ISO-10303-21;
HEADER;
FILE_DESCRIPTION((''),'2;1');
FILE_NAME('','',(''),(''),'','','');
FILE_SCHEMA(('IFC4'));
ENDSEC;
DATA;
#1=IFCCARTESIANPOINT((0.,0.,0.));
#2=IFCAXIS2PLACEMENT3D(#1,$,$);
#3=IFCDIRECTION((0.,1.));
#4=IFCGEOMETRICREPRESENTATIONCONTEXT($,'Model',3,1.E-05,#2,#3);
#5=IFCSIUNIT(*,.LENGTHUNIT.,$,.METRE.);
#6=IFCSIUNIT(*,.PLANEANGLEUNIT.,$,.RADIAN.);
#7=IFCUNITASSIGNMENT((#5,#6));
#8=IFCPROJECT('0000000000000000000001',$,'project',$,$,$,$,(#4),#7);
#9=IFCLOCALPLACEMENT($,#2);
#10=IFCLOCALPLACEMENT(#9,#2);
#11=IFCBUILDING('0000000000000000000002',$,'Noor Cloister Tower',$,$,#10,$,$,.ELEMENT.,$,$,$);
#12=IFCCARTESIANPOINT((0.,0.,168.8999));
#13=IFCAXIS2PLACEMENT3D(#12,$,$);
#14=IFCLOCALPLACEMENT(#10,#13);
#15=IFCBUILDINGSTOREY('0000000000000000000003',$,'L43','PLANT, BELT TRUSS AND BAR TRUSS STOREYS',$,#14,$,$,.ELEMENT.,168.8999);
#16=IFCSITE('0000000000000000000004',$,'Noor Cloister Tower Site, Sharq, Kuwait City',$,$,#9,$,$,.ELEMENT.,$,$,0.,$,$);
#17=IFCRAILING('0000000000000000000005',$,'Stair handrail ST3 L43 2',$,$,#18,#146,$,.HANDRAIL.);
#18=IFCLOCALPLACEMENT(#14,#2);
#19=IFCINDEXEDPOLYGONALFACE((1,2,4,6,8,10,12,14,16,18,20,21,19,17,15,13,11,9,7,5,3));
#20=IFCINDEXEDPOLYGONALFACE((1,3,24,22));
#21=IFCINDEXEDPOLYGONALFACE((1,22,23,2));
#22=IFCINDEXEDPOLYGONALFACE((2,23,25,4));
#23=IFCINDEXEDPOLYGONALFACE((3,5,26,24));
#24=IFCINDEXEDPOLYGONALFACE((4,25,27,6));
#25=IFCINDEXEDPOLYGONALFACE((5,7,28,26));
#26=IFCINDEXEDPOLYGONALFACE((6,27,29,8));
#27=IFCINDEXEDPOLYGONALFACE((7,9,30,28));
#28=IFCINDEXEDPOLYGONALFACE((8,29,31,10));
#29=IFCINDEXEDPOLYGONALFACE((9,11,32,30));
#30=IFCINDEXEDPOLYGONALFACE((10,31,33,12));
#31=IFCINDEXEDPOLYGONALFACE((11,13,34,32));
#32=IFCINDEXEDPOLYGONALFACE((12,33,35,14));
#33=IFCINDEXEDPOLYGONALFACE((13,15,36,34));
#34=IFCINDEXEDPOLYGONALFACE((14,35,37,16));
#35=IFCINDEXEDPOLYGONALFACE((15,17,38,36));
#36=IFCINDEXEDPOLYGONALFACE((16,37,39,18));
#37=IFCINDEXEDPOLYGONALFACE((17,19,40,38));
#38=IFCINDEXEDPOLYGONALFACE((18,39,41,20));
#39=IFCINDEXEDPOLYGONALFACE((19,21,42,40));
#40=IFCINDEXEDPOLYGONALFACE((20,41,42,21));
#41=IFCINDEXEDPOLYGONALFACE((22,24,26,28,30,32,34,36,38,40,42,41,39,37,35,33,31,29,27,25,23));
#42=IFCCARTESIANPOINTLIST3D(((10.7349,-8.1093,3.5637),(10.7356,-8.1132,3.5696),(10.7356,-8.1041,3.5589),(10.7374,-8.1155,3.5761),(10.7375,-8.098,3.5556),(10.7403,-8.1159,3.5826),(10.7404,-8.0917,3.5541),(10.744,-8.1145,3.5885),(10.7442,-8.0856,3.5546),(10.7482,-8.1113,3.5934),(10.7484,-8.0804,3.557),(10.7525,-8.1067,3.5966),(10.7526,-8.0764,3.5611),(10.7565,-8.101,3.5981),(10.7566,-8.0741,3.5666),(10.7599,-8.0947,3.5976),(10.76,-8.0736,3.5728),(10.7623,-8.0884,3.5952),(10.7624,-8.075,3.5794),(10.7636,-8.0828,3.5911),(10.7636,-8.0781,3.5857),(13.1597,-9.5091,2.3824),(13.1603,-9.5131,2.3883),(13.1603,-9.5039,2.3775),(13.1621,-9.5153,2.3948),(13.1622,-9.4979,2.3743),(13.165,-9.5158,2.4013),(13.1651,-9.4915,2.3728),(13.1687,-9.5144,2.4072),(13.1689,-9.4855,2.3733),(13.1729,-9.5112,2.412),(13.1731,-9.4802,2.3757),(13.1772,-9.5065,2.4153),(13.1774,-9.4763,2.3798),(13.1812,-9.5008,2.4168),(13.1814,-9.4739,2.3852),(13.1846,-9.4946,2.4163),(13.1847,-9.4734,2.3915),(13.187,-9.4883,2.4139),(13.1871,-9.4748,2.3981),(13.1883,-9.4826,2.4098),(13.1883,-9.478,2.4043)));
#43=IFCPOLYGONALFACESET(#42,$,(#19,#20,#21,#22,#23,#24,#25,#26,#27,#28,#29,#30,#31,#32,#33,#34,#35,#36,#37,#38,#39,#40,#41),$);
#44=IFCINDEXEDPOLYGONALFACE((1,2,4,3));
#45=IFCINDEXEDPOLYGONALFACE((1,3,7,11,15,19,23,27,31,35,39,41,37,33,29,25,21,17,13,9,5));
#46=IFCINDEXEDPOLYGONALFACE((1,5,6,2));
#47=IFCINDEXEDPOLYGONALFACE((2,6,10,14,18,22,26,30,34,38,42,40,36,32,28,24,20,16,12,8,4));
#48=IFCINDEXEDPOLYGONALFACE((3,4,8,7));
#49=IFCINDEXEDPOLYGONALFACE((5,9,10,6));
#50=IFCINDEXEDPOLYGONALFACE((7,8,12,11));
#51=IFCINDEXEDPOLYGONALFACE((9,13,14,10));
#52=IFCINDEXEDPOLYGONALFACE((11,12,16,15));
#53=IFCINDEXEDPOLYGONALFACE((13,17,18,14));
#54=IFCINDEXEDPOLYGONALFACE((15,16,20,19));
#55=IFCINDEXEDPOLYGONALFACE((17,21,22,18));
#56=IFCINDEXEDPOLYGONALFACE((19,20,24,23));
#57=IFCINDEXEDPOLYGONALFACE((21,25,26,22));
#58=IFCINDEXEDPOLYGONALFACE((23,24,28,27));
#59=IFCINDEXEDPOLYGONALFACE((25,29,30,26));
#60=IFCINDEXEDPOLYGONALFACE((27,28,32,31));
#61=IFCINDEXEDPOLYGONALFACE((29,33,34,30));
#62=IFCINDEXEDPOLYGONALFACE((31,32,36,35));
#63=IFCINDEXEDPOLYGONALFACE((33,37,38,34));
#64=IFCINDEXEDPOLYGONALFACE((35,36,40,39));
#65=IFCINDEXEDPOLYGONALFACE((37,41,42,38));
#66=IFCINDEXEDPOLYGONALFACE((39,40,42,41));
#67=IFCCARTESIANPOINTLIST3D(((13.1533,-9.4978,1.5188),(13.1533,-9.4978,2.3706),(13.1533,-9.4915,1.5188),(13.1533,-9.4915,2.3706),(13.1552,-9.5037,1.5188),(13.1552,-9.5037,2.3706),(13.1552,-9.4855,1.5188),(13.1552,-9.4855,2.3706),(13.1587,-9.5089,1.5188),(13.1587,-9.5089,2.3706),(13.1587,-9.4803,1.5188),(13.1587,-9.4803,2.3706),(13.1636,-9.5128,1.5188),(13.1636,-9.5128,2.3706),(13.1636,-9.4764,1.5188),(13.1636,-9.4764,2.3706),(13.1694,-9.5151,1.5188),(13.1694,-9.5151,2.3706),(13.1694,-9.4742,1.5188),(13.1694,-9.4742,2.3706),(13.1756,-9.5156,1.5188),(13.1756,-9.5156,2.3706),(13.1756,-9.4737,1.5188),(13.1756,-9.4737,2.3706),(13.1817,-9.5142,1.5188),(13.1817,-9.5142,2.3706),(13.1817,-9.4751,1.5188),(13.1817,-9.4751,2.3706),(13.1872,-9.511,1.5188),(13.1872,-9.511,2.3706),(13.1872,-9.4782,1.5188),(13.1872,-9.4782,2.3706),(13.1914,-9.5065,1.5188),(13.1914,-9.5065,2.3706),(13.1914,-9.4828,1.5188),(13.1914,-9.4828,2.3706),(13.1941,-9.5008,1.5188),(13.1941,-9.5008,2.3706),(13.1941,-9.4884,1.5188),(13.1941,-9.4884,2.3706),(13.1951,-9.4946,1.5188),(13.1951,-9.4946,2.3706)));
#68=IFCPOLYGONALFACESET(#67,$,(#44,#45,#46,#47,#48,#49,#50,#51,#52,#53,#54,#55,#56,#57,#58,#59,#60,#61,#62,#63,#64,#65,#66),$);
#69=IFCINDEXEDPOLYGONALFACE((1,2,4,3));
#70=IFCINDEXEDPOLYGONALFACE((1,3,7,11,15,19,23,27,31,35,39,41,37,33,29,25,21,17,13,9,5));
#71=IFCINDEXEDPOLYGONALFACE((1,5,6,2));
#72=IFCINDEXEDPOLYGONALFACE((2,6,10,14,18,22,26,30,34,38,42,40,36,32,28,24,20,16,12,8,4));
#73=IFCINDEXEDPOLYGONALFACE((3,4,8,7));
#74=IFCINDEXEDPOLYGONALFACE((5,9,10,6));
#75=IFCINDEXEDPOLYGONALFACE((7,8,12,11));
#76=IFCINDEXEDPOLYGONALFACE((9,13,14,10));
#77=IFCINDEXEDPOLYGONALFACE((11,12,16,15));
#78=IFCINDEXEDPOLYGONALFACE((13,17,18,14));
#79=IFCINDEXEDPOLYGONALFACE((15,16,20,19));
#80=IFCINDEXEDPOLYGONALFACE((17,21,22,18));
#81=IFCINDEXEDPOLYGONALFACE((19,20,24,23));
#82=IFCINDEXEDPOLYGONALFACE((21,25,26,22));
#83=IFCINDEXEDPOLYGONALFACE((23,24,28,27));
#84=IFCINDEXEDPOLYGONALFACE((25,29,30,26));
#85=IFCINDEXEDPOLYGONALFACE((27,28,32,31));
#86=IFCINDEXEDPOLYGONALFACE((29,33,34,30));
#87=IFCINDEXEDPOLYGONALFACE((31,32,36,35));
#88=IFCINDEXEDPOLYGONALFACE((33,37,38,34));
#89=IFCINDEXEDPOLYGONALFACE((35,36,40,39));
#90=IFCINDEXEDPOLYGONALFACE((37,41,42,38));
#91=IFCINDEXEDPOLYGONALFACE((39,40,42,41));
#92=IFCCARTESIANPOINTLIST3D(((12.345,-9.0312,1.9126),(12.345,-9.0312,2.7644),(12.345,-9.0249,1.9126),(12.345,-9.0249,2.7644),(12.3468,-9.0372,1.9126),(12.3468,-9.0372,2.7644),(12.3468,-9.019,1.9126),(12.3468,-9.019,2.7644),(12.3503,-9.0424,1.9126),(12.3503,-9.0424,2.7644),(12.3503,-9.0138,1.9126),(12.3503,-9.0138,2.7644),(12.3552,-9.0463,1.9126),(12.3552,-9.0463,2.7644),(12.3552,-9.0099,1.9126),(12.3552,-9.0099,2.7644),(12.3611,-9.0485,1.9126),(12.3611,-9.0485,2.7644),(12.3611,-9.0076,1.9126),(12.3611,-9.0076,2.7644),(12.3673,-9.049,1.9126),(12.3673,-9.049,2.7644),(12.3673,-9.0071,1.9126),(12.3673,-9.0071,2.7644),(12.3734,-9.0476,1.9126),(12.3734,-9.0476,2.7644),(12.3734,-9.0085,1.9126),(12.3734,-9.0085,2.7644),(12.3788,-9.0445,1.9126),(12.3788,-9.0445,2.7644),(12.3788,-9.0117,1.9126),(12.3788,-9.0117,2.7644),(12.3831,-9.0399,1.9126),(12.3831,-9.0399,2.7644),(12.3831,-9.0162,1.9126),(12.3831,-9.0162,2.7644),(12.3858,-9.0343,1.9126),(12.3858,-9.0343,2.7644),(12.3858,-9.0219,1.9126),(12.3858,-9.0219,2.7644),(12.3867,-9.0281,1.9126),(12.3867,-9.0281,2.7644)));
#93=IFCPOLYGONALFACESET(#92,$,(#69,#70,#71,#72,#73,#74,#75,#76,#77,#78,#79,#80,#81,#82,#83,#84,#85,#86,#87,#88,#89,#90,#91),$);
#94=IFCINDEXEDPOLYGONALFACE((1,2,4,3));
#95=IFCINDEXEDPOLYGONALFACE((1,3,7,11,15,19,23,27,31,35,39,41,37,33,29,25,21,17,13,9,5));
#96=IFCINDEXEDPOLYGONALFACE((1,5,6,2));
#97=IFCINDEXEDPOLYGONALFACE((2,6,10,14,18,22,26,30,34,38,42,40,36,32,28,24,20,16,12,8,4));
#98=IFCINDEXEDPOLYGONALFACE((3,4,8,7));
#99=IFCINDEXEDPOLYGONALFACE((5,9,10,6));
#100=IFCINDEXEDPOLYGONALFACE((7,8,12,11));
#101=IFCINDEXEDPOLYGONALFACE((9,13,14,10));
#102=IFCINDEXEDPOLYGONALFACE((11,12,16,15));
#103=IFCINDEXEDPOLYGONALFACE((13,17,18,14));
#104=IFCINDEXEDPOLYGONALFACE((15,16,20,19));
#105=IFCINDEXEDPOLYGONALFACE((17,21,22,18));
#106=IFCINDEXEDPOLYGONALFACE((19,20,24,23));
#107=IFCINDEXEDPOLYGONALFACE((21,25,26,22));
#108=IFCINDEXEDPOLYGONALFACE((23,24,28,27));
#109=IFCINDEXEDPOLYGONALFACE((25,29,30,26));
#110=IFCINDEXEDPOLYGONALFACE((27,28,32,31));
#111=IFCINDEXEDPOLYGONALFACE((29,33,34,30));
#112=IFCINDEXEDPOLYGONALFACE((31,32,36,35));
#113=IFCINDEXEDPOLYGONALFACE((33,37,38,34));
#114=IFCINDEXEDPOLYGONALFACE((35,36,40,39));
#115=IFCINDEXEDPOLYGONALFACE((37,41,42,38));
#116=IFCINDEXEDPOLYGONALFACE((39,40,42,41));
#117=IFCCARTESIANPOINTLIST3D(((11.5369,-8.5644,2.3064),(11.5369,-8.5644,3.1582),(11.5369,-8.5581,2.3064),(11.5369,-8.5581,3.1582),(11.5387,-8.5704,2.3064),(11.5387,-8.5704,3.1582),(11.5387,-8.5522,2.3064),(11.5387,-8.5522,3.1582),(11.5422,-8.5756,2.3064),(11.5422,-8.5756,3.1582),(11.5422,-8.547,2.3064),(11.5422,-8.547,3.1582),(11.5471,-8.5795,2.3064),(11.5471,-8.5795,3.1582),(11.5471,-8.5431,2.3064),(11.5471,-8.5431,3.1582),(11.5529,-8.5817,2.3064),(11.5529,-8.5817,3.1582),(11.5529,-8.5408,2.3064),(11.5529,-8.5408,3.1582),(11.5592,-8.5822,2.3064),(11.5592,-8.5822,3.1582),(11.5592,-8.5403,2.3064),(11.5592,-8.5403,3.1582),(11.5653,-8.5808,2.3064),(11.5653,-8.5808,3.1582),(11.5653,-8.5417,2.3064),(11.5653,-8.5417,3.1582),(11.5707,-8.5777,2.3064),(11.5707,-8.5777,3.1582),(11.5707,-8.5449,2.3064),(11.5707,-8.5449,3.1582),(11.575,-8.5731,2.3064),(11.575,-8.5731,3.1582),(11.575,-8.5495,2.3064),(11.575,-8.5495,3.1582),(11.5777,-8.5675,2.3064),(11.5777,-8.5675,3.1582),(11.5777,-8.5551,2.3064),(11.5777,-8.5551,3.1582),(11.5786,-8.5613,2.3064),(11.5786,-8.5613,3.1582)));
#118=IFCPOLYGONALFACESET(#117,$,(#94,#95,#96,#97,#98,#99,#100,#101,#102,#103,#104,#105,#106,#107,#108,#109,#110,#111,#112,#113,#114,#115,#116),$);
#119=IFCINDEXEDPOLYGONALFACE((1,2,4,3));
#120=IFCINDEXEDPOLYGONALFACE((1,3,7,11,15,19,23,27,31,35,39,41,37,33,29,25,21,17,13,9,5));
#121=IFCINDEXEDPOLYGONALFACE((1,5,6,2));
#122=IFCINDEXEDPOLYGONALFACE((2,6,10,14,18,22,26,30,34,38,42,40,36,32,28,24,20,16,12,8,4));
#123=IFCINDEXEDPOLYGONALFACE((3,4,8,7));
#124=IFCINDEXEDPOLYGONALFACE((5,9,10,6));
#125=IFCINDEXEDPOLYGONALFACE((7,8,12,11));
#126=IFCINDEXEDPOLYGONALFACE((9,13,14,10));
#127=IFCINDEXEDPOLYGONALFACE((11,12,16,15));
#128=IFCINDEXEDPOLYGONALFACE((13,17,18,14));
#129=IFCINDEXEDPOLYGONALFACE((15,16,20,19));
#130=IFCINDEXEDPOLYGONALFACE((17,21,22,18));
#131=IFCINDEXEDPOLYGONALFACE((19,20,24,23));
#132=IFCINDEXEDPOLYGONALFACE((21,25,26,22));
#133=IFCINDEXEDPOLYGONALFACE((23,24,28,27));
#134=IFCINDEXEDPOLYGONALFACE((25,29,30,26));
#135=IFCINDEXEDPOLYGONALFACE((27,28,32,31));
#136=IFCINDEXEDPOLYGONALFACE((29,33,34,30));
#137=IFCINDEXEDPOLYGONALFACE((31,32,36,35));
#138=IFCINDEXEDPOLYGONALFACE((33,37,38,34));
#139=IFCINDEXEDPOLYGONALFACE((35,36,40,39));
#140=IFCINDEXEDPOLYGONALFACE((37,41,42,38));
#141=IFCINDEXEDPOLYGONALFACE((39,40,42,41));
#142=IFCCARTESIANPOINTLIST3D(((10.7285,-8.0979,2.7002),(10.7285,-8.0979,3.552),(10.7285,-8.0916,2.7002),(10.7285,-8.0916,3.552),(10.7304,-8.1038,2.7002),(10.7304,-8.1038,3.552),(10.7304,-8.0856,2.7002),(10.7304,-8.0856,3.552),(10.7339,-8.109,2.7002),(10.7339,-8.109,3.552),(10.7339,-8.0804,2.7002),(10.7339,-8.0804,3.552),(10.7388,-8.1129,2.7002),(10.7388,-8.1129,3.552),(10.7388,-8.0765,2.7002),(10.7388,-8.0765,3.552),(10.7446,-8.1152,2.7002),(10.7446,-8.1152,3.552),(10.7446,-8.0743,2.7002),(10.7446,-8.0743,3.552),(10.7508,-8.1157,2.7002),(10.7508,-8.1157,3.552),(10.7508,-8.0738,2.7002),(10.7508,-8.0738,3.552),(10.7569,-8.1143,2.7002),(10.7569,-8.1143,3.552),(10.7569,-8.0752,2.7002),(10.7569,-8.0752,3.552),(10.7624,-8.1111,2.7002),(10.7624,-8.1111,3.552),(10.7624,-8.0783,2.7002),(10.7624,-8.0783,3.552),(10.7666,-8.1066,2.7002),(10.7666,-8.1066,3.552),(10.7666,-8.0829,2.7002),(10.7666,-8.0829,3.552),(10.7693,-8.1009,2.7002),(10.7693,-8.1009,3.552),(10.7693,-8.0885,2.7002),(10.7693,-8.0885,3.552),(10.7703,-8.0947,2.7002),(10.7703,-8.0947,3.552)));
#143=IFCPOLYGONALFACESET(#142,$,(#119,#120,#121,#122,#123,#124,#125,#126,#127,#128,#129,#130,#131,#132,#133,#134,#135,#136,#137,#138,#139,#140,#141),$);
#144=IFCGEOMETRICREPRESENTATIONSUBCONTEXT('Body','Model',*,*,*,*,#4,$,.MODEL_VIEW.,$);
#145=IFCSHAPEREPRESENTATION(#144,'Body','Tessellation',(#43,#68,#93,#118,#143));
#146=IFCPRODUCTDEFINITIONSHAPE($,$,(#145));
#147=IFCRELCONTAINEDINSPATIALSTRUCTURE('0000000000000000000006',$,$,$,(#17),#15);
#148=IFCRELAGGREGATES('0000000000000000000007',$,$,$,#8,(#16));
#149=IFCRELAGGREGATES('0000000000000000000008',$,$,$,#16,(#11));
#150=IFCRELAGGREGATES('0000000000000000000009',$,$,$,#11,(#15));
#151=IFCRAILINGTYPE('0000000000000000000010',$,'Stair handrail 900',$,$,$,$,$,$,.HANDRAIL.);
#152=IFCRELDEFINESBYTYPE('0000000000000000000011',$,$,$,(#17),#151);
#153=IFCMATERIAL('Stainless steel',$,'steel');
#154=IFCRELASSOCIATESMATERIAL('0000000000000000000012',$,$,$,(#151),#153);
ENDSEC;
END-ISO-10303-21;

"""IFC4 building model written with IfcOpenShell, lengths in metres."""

from ifc_helpers import new_model, si_unit, direction, frame, origin, origin_2d, place, context, subcontext, project, spatial, circle, extrude, material, type_object, element, save


model = new_model("IFC4")

# Units and contexts
model_context = context("Model", 3, precision=1e-05, world=origin(), true_north=direction((0.0, 1.0)))
body_context = subcontext(model_context, "Body", "Model", "MODEL_VIEW")
ifc_project = project(units=[si_unit("LENGTHUNIT", "METRE"), si_unit("PLANEANGLEUNIT", "RADIAN")], contexts=[model_context])

# Site, building, storey
site_placement = place(None, origin())
site = spatial("IfcSite", under=ifc_project, at=site_placement, Name="Noor Cloister Tower Site, Sharq, Kuwait City", CompositionType="ELEMENT", RefElevation=0.0)
building_placement = place(site_placement, origin())
building = spatial("IfcBuilding", under=site, at=building_placement, Name="Noor Cloister Tower", CompositionType="ELEMENT")
storey_placement = place(building_placement, frame((0.0, 0.0, 168.8999)))
storey = spatial("IfcBuildingStorey", under=building, at=storey_placement, Name="L43", Description="PLANT, BELT TRUSS AND BAR TRUSS STOREYS", CompositionType="ELEMENT", Elevation=168.8999)

# Railing
ifc_material_1 = material(Name="Stainless steel", Category="steel")
railing_type_1 = type_object("IfcRailingType", Name="Stair handrail 900", PredefinedType="HANDRAIL", material=ifc_material_1)
railing_1_placement = place(storey_placement, frame((13.1741, -9.4946, 1.5188)))
element("IfcRailing", 1, at=railing_1_placement, inside=storey, type_object=railing_type_1, Name="Stair handrail ST3 L43 2", PredefinedType="HANDRAIL", context=body_context, shape_type="SweptSolid", body=[
    extrude(circle(Radius=0.0239, at=origin_2d()), frame((0.0, 0.0, 0.876), z_axis=(-0.797914, 0.460656, 0.388754), x_axis=(-0.499984, -0.866035, 0.0)), (0.0, 0.0, 1.0), 3.0388),
    extrude(circle(Radius=0.021, at=origin_2d()), origin(), (0.0, 0.0, 1.0), 0.8518),
    extrude(circle(Radius=0.021, at=origin_2d()), frame((-0.8083, 0.4666, 0.3938)), (0.0, 0.0, 1.0), 0.8518),
    extrude(circle(Radius=0.021, at=origin_2d()), frame((-1.6165, 0.9333, 0.7876)), (0.0, 0.0, 1.0), 0.8518),
    extrude(circle(Radius=0.021, at=origin_2d()), frame((-2.4248, 1.3999, 1.1814)), (0.0, 0.0, 1.0), 0.8518),
])

save(model, "model.ifc")
